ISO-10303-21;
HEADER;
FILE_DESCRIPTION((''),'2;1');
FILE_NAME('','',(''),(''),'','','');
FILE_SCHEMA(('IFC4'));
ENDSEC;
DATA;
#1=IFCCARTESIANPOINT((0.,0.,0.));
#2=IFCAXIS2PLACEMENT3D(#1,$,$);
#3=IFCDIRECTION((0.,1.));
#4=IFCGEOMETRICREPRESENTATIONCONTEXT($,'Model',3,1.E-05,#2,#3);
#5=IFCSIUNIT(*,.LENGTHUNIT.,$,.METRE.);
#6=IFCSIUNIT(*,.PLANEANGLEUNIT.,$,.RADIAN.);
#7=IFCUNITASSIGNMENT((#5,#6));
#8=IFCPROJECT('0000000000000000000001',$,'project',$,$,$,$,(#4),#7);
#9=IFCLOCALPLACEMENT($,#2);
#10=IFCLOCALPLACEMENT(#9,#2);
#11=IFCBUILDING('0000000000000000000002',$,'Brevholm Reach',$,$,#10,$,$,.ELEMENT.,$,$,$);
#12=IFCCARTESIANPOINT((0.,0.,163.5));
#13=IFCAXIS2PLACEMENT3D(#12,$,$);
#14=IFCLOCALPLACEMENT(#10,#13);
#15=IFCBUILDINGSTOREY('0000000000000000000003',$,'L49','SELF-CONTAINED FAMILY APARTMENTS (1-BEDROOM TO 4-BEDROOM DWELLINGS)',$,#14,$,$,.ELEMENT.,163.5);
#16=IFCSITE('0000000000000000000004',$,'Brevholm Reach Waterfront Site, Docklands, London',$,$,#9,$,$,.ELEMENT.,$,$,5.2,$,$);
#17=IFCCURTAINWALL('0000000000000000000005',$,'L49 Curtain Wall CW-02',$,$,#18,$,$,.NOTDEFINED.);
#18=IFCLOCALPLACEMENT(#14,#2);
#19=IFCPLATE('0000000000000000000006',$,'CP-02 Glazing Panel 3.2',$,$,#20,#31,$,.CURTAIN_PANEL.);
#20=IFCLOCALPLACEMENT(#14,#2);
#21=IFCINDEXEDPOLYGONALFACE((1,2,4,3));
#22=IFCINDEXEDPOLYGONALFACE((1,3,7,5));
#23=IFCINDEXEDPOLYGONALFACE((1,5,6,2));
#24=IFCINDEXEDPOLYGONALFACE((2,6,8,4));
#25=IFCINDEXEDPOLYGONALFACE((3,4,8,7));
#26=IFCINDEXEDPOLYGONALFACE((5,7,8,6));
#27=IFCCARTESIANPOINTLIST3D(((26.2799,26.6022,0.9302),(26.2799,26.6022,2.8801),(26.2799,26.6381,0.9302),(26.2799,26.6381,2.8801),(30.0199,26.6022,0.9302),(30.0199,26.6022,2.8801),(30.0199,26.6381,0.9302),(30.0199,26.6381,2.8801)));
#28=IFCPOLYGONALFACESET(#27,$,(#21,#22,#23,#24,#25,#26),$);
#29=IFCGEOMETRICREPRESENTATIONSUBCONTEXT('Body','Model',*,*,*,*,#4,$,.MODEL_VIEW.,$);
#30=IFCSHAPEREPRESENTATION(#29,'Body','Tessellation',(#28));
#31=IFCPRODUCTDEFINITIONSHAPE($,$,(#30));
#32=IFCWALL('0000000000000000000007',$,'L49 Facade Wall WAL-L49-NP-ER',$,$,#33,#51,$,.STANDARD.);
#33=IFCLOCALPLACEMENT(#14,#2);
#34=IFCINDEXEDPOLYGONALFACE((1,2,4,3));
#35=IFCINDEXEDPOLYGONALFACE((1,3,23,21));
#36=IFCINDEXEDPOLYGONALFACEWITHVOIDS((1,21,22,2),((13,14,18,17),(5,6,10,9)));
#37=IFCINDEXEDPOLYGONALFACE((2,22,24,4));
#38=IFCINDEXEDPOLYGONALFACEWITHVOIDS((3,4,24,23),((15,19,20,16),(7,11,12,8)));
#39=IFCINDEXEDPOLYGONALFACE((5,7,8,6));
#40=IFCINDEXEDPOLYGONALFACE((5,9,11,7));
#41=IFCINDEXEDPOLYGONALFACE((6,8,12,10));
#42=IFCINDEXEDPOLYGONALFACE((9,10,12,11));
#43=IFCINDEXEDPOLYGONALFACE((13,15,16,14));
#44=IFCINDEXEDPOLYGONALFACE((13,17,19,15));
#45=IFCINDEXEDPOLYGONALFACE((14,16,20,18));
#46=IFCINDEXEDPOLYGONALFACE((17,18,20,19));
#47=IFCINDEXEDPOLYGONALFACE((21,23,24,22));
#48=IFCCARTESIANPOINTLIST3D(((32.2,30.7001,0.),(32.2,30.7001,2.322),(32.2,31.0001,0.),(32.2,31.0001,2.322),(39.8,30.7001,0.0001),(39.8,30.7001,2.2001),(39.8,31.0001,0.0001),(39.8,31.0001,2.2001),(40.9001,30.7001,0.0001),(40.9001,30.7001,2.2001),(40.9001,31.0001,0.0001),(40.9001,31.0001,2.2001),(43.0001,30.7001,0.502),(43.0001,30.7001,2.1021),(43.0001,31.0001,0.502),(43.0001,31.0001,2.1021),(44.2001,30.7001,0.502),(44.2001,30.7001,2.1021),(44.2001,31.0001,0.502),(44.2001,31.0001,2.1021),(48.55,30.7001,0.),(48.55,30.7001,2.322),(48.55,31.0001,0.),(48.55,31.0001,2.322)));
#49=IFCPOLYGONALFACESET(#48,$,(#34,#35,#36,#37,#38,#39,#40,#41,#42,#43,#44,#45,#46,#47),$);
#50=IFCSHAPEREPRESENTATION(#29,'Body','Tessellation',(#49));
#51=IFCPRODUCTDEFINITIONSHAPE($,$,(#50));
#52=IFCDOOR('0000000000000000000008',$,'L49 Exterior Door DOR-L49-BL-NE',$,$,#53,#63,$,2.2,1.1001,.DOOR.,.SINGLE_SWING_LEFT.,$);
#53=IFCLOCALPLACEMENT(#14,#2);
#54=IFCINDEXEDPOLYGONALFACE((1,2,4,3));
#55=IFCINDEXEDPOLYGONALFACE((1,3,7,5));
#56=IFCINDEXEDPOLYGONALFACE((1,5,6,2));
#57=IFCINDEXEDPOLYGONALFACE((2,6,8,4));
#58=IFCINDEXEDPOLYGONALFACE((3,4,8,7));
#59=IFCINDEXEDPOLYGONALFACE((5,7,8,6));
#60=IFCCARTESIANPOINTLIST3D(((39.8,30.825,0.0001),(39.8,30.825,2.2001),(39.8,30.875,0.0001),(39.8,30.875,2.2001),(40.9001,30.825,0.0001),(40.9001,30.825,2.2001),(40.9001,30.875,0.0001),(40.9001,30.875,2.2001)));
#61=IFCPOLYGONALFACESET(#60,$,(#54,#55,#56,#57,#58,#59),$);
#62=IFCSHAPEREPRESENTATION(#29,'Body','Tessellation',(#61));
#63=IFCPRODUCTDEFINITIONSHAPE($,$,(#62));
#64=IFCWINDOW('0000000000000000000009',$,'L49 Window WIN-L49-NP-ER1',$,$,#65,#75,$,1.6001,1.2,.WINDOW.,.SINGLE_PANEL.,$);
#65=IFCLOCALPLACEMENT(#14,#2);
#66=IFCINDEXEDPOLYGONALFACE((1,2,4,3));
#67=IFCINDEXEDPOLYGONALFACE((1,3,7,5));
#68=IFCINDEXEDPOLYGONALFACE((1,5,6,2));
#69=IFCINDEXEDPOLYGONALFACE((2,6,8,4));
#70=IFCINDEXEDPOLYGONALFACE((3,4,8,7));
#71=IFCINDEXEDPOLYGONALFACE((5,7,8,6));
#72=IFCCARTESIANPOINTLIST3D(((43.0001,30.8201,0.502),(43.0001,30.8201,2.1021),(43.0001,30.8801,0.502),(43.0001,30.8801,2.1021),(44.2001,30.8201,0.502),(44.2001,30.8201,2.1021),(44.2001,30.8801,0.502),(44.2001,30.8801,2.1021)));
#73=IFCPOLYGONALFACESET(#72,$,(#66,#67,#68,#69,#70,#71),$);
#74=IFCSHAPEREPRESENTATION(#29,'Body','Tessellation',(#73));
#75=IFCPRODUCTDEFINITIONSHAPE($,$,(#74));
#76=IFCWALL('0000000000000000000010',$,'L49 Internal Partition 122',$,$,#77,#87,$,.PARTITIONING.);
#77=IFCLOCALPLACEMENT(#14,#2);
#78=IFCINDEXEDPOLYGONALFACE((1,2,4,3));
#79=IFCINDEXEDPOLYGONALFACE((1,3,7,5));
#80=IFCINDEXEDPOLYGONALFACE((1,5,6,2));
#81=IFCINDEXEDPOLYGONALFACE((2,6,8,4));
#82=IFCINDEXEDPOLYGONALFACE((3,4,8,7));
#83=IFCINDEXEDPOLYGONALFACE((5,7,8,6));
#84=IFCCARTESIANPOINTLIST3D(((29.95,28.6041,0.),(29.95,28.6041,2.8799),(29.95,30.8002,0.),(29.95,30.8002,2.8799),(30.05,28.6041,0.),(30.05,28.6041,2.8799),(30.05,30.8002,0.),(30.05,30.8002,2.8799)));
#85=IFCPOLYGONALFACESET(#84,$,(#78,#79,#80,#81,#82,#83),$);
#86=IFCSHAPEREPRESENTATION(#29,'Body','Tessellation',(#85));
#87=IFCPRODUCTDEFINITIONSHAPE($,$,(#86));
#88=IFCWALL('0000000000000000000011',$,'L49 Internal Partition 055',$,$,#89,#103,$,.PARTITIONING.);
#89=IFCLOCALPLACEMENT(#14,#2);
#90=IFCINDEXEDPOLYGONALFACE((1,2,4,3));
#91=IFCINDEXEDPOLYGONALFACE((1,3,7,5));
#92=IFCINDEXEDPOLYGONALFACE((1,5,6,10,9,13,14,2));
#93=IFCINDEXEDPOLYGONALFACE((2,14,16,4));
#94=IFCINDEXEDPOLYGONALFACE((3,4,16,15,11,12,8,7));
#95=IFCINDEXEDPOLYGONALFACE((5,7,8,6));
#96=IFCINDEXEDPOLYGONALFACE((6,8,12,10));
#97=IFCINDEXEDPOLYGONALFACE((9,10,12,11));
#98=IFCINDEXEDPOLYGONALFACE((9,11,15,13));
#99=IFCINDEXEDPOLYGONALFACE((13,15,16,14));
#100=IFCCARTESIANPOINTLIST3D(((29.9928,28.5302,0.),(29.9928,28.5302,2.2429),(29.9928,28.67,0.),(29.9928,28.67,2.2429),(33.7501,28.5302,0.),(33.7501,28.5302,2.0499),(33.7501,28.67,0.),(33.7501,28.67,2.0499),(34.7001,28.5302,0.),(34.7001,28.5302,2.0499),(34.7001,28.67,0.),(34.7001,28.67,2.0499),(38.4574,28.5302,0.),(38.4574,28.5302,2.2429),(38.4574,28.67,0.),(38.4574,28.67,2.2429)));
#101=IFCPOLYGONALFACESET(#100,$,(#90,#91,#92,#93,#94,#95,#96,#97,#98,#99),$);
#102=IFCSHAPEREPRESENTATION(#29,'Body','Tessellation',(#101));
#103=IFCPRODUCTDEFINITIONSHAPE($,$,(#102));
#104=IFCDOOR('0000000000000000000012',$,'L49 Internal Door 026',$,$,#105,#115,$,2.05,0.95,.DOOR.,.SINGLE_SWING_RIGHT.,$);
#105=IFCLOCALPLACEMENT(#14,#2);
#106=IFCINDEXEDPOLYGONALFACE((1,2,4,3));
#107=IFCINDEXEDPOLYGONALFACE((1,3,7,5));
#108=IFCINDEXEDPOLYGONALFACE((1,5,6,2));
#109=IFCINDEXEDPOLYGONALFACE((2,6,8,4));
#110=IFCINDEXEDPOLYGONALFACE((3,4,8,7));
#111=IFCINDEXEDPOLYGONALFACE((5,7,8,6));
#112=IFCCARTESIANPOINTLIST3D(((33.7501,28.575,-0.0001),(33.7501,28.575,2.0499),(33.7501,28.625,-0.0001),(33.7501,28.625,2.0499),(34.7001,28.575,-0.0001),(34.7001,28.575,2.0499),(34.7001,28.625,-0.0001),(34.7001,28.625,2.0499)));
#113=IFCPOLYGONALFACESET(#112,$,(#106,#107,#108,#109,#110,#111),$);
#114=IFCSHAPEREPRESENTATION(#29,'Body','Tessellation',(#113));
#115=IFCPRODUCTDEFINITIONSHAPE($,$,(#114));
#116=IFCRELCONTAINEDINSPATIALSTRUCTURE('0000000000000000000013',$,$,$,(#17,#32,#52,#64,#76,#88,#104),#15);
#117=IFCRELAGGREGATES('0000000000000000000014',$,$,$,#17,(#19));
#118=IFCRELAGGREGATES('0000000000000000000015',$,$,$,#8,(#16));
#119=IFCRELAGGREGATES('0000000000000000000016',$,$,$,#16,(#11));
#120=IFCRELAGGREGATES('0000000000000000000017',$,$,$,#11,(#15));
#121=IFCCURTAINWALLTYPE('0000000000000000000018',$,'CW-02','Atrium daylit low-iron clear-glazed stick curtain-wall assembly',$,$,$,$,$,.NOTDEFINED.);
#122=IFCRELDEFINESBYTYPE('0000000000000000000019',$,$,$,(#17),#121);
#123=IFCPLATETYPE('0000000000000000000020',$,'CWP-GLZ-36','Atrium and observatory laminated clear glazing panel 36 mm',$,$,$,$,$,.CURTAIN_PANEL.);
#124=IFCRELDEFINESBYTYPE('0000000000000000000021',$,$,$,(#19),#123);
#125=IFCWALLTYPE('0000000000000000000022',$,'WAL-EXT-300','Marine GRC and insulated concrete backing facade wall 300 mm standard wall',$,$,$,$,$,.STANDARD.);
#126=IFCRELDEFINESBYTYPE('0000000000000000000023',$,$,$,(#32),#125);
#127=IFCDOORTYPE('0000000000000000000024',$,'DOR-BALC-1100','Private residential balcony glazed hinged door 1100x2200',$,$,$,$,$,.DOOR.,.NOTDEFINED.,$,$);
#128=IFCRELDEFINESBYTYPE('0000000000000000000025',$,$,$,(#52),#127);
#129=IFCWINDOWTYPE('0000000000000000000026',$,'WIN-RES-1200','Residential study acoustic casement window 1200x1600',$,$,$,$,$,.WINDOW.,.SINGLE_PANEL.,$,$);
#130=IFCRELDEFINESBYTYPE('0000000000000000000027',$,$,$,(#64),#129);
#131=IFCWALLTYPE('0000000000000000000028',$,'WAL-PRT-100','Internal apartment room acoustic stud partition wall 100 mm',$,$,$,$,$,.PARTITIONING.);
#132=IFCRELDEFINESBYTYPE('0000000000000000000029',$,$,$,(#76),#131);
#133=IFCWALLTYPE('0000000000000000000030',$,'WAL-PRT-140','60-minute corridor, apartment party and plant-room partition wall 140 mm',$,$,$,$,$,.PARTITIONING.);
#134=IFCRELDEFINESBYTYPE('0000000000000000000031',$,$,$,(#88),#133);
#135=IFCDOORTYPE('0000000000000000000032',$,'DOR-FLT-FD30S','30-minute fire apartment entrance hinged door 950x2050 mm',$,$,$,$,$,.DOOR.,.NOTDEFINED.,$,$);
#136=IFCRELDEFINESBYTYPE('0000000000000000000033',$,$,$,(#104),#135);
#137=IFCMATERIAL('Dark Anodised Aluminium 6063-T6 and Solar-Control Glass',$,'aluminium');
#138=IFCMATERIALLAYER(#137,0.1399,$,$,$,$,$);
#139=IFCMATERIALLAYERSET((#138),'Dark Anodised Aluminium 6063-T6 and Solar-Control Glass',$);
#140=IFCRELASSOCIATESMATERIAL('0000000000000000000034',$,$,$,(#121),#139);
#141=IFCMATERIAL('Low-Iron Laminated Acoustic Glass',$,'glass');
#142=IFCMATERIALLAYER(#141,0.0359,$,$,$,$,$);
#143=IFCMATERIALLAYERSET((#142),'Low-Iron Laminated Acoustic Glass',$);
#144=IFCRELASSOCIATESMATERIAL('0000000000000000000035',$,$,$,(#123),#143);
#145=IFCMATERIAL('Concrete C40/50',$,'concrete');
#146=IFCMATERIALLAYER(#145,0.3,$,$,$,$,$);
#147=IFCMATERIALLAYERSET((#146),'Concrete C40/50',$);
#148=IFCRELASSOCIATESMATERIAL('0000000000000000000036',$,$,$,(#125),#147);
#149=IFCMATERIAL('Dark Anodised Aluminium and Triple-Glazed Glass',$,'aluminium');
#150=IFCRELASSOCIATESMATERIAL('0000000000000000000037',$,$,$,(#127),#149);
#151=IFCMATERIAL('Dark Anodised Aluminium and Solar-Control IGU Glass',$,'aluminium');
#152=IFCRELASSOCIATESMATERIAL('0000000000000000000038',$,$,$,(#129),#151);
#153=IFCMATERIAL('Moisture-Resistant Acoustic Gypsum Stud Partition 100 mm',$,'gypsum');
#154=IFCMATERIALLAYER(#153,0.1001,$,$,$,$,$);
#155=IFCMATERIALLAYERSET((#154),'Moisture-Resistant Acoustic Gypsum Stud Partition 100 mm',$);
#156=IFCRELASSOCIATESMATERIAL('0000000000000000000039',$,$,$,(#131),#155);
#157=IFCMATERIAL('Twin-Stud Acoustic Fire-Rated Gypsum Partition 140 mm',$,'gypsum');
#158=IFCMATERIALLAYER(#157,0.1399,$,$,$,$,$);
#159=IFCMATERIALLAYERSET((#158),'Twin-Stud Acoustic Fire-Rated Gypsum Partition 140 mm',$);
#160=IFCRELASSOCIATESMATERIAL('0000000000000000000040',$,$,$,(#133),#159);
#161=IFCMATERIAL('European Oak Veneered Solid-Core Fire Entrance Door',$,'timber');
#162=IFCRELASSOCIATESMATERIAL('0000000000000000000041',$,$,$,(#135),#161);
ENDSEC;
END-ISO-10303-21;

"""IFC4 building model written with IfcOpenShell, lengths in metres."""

from ifc_helpers import new_model, si_unit, direction, frame, frame_2d, origin, origin_2d, place, context, subcontext, project, spatial, rectangle, extrude, material, layer, layer_set, type_object, element, fill, aggregate, save


model = new_model("IFC4")

# Units and contexts
model_context = context("Model", 3, precision=1e-05, world=origin(), true_north=direction((0.0, 1.0)))
body_context = subcontext(model_context, "Body", "Model", "MODEL_VIEW")
ifc_project = project(units=[si_unit("LENGTHUNIT", "METRE"), si_unit("PLANEANGLEUNIT", "RADIAN")], contexts=[model_context])

# Site, building, storey
site_placement = place(None, origin())
site = spatial("IfcSite", under=ifc_project, at=site_placement, Name="Brevholm Reach Waterfront Site, Docklands, London", CompositionType="ELEMENT", RefElevation=5.2)
building_placement = place(site_placement, origin())
building = spatial("IfcBuilding", under=site, at=building_placement, Name="Brevholm Reach", CompositionType="ELEMENT")
storey_placement = place(building_placement, frame((0.0, 0.0, 163.5)))
storey = spatial("IfcBuildingStorey", under=building, at=storey_placement, Name="L49", Description="SELF-CONTAINED FAMILY APARTMENTS (1-BEDROOM TO 4-BEDROOM DWELLINGS)", CompositionType="ELEMENT", Elevation=163.5)

# Curtain wall
ifc_material_1 = material(Name="Dark Anodised Aluminium 6063-T6 and Solar-Control Glass", Category="aluminium")
ifc_layer_1 = layer(ifc_material_1, 0.1399)
ifc_layer_set_1 = layer_set([ifc_layer_1], Name="Dark Anodised Aluminium 6063-T6 and Solar-Control Glass")
curtain_wall_type_1 = type_object("IfcCurtainWallType", Name="CW-02", Description="Atrium daylit low-iron clear-glazed stick curtain-wall assembly", PredefinedType="NOTDEFINED", material=ifc_layer_set_1)
curtain_wall_1_placement = place(storey_placement, origin())
curtain_wall_1 = element("IfcCurtainWall", 1, at=curtain_wall_1_placement, inside=storey, type_object=curtain_wall_type_1, Name="L49 Curtain Wall CW-02", PredefinedType="NOTDEFINED")

# Plate
ifc_material_2 = material(Name="Low-Iron Laminated Acoustic Glass", Category="glass")
ifc_layer_2 = layer(ifc_material_2, 0.0359)
ifc_layer_set_2 = layer_set([ifc_layer_2], Name="Low-Iron Laminated Acoustic Glass")
plate_type_1 = type_object("IfcPlateType", Name="CWP-GLZ-36", Description="Atrium and observatory laminated clear glazing panel 36 mm", PredefinedType="CURTAIN_PANEL", material=ifc_layer_set_2)
plate_1_placement = place(storey_placement, frame((28.1499, 26.6201, 0.9302), z_axis=(0.0, 0.0, 1.0), x_axis=(-1.0, 0.0, 0.0)))
plate_1 = element("IfcPlate", 2, at=plate_1_placement, type_object=plate_type_1, Name="CP-02 Glazing Panel 3.2", PredefinedType="CURTAIN_PANEL", context=body_context, shape_type="SweptSolid", body=[
    extrude(rectangle(XDim=3.74, YDim=0.0359, at=origin_2d()), origin(), (0.0, 0.0, 1.0), 1.95),
])
aggregate(curtain_wall_1, [plate_1])

# Wall, openings, door, window
ifc_material_3 = material(Name="Concrete C40/50", Category="concrete")
ifc_layer_3 = layer(ifc_material_3, 0.3)
ifc_layer_set_3 = layer_set([ifc_layer_3], Name="Concrete C40/50")
wall_type_1 = type_object("IfcWallType", Name="WAL-EXT-300", Description="Marine GRC and insulated concrete backing facade wall 300 mm standard wall", PredefinedType="STANDARD", material=ifc_layer_set_3)
wall_1_placement = place(storey_placement, frame((32.2, 30.8501, 0.0), z_axis=(0.0, 0.0, 1.0), x_axis=(1.0, 0.0, 0.0)))
wall_1 = element("IfcWall", 3, at=wall_1_placement, inside=storey, type_object=wall_type_1, Name="L49 Facade Wall WAL-L49-NP-ER", PredefinedType="STANDARD", context=body_context, shape_type="SweptSolid", body=[
    extrude(rectangle(XDim=16.3501, YDim=0.3, at=frame_2d((8.175, 0.0))), origin(), (0.0, 0.0, 1.0), 2.322),
])
opening_1_placement = place(wall_1_placement, frame((7.6001, 0.0, 0.0)))
opening_1 = element("IfcOpeningElement", 4, at=opening_1_placement, cuts=wall_1, PredefinedType="OPENING", context=body_context, shape_type="SweptSolid", body=[
    extrude(rectangle(XDim=1.1001, YDim=2.2, at=frame_2d((0.55, 1.1001))), frame((0.0, 0.1599, 0.0), z_axis=(0.0, -1.0, 0.0), x_axis=(1.0, 0.0, 0.0)), (0.0, 0.0, 1.0), 0.3201),
])
opening_2_placement = place(wall_1_placement, frame((10.8, 0.0, 0.502)))
opening_2 = element("IfcOpeningElement", 5, at=opening_2_placement, cuts=wall_1, PredefinedType="OPENING", context=body_context, shape_type="SweptSolid", body=[
    extrude(rectangle(XDim=1.2, YDim=1.6001, at=frame_2d((0.6001, 0.8))), frame((0.0, 0.1599, 0.0), z_axis=(0.0, -1.0, 0.0), x_axis=(1.0, 0.0, 0.0)), (0.0, 0.0, 1.0), 0.3201),
])
ifc_material_4 = material(Name="Dark Anodised Aluminium and Triple-Glazed Glass", Category="aluminium")
door_type_1 = type_object("IfcDoorType", Name="DOR-BALC-1100", Description="Private residential balcony glazed hinged door 1100x2200", OperationType="NOTDEFINED", PredefinedType="DOOR", material=ifc_material_4)
door_1_placement = place(opening_1_placement, origin())
door_1 = element("IfcDoor", 6, at=door_1_placement, inside=storey, type_object=door_type_1, Name="L49 Exterior Door DOR-L49-BL-NE", OperationType="SINGLE_SWING_LEFT", OverallHeight=2.2, OverallWidth=1.1001, PredefinedType="DOOR", context=body_context, shape_type="SweptSolid", body=[
    extrude(rectangle(XDim=1.1001, YDim=2.2, at=frame_2d((0.55, 1.1001))), frame((0.0, 0.0249, 0.0), z_axis=(0.0, -1.0, 0.0), x_axis=(1.0, 0.0, 0.0)), (0.0, 0.0, 1.0), 0.05),
])
fill(opening_1, door_1)
ifc_material_5 = material(Name="Dark Anodised Aluminium and Solar-Control IGU Glass", Category="aluminium")
window_type = type_object("IfcWindowType", Name="WIN-RES-1200", Description="Residential study acoustic casement window 1200x1600", PartitioningType="SINGLE_PANEL", PredefinedType="WINDOW", material=ifc_material_5)
window_placement = place(opening_2_placement, origin())
window = element("IfcWindow", 7, at=window_placement, inside=storey, type_object=window_type, Name="L49 Window WIN-L49-NP-ER1", OverallHeight=1.6001, OverallWidth=1.2, PartitioningType="SINGLE_PANEL", PredefinedType="WINDOW", context=body_context, shape_type="SweptSolid", body=[
    extrude(rectangle(XDim=1.2, YDim=1.6001, at=frame_2d((0.6001, 0.8))), frame((0.0, 0.03, 0.0), z_axis=(0.0, -1.0, 0.0), x_axis=(1.0, 0.0, 0.0)), (0.0, 0.0, 1.0), 0.0601),
])
fill(opening_2, window)

# Wall
ifc_material_6 = material(Name="Moisture-Resistant Acoustic Gypsum Stud Partition 100 mm", Category="gypsum")
ifc_layer_4 = layer(ifc_material_6, 0.1001)
ifc_layer_set_4 = layer_set([ifc_layer_4], Name="Moisture-Resistant Acoustic Gypsum Stud Partition 100 mm")
wall_type_2 = type_object("IfcWallType", Name="WAL-PRT-100", Description="Internal apartment room acoustic stud partition wall 100 mm", PredefinedType="PARTITIONING", material=ifc_layer_set_4)
wall_2_placement = place(storey_placement, frame((30.0, 28.604, 0.0), z_axis=(0.0, 0.0, 1.0), x_axis=(0.0, 1.0, 0.0)))
element("IfcWall", 8, at=wall_2_placement, inside=storey, type_object=wall_type_2, Name="L49 Internal Partition 122", PredefinedType="PARTITIONING", context=body_context, shape_type="SweptSolid", body=[
    extrude(rectangle(XDim=2.196, YDim=0.1001, at=frame_2d((1.0981, 0.0))), origin(), (0.0, 0.0, 1.0), 2.8799),
])

# Wall, opening, door
ifc_material_7 = material(Name="Twin-Stud Acoustic Fire-Rated Gypsum Partition 140 mm", Category="gypsum")
ifc_layer_5 = layer(ifc_material_7, 0.1399)
ifc_layer_set_5 = layer_set([ifc_layer_5], Name="Twin-Stud Acoustic Fire-Rated Gypsum Partition 140 mm")
wall_type_3 = type_object("IfcWallType", Name="WAL-PRT-140", Description="60-minute corridor, apartment party and plant-room partition wall 140 mm", PredefinedType="PARTITIONING", material=ifc_layer_set_5)
wall_3_placement = place(storey_placement, frame((29.9927, 28.6001, 0.0), z_axis=(0.0, 0.0, 1.0), x_axis=(1.0, 0.0, 0.0)))
wall_3 = element("IfcWall", 9, at=wall_3_placement, inside=storey, type_object=wall_type_3, Name="L49 Internal Partition 055", PredefinedType="PARTITIONING", context=body_context, shape_type="SweptSolid", body=[
    extrude(rectangle(XDim=8.4646, YDim=0.1399, at=frame_2d((4.2324, 0.0))), origin(), (0.0, 0.0, 1.0), 2.2429),
])
opening_3_placement = place(wall_3_placement, frame((3.7573, 0.0, 0.0)))
opening_3 = element("IfcOpeningElement", 10, at=opening_3_placement, cuts=wall_3, PredefinedType="OPENING", context=body_context, shape_type="SweptSolid", body=[
    extrude(rectangle(XDim=0.95, YDim=2.05, at=frame_2d((0.4751, 1.0249))), frame((0.0, 0.0798, 0.0), z_axis=(0.0, -1.0, 0.0), x_axis=(1.0, 0.0, 0.0)), (0.0, 0.0, 1.0), 0.1599),
])
ifc_material_8 = material(Name="European Oak Veneered Solid-Core Fire Entrance Door", Category="timber")
door_type_2 = type_object("IfcDoorType", Name="DOR-FLT-FD30S", Description="30-minute fire apartment entrance hinged door 950x2050 mm", OperationType="NOTDEFINED", PredefinedType="DOOR", material=ifc_material_8)
door_2_placement = place(opening_3_placement, origin())
door_2 = element("IfcDoor", 11, at=door_2_placement, inside=storey, type_object=door_type_2, Name="L49 Internal Door 026", OperationType="SINGLE_SWING_RIGHT", OverallHeight=2.05, OverallWidth=0.95, PredefinedType="DOOR", context=body_context, shape_type="SweptSolid", body=[
    extrude(rectangle(XDim=0.95, YDim=2.05, at=frame_2d((0.4751, 1.0249))), frame((0.0, 0.0249, 0.0), z_axis=(0.0, -1.0, 0.0), x_axis=(1.0, 0.0, 0.0)), (0.0, 0.0, 1.0), 0.05),
])
fill(opening_3, door_2)

save(model, "model.ifc")
